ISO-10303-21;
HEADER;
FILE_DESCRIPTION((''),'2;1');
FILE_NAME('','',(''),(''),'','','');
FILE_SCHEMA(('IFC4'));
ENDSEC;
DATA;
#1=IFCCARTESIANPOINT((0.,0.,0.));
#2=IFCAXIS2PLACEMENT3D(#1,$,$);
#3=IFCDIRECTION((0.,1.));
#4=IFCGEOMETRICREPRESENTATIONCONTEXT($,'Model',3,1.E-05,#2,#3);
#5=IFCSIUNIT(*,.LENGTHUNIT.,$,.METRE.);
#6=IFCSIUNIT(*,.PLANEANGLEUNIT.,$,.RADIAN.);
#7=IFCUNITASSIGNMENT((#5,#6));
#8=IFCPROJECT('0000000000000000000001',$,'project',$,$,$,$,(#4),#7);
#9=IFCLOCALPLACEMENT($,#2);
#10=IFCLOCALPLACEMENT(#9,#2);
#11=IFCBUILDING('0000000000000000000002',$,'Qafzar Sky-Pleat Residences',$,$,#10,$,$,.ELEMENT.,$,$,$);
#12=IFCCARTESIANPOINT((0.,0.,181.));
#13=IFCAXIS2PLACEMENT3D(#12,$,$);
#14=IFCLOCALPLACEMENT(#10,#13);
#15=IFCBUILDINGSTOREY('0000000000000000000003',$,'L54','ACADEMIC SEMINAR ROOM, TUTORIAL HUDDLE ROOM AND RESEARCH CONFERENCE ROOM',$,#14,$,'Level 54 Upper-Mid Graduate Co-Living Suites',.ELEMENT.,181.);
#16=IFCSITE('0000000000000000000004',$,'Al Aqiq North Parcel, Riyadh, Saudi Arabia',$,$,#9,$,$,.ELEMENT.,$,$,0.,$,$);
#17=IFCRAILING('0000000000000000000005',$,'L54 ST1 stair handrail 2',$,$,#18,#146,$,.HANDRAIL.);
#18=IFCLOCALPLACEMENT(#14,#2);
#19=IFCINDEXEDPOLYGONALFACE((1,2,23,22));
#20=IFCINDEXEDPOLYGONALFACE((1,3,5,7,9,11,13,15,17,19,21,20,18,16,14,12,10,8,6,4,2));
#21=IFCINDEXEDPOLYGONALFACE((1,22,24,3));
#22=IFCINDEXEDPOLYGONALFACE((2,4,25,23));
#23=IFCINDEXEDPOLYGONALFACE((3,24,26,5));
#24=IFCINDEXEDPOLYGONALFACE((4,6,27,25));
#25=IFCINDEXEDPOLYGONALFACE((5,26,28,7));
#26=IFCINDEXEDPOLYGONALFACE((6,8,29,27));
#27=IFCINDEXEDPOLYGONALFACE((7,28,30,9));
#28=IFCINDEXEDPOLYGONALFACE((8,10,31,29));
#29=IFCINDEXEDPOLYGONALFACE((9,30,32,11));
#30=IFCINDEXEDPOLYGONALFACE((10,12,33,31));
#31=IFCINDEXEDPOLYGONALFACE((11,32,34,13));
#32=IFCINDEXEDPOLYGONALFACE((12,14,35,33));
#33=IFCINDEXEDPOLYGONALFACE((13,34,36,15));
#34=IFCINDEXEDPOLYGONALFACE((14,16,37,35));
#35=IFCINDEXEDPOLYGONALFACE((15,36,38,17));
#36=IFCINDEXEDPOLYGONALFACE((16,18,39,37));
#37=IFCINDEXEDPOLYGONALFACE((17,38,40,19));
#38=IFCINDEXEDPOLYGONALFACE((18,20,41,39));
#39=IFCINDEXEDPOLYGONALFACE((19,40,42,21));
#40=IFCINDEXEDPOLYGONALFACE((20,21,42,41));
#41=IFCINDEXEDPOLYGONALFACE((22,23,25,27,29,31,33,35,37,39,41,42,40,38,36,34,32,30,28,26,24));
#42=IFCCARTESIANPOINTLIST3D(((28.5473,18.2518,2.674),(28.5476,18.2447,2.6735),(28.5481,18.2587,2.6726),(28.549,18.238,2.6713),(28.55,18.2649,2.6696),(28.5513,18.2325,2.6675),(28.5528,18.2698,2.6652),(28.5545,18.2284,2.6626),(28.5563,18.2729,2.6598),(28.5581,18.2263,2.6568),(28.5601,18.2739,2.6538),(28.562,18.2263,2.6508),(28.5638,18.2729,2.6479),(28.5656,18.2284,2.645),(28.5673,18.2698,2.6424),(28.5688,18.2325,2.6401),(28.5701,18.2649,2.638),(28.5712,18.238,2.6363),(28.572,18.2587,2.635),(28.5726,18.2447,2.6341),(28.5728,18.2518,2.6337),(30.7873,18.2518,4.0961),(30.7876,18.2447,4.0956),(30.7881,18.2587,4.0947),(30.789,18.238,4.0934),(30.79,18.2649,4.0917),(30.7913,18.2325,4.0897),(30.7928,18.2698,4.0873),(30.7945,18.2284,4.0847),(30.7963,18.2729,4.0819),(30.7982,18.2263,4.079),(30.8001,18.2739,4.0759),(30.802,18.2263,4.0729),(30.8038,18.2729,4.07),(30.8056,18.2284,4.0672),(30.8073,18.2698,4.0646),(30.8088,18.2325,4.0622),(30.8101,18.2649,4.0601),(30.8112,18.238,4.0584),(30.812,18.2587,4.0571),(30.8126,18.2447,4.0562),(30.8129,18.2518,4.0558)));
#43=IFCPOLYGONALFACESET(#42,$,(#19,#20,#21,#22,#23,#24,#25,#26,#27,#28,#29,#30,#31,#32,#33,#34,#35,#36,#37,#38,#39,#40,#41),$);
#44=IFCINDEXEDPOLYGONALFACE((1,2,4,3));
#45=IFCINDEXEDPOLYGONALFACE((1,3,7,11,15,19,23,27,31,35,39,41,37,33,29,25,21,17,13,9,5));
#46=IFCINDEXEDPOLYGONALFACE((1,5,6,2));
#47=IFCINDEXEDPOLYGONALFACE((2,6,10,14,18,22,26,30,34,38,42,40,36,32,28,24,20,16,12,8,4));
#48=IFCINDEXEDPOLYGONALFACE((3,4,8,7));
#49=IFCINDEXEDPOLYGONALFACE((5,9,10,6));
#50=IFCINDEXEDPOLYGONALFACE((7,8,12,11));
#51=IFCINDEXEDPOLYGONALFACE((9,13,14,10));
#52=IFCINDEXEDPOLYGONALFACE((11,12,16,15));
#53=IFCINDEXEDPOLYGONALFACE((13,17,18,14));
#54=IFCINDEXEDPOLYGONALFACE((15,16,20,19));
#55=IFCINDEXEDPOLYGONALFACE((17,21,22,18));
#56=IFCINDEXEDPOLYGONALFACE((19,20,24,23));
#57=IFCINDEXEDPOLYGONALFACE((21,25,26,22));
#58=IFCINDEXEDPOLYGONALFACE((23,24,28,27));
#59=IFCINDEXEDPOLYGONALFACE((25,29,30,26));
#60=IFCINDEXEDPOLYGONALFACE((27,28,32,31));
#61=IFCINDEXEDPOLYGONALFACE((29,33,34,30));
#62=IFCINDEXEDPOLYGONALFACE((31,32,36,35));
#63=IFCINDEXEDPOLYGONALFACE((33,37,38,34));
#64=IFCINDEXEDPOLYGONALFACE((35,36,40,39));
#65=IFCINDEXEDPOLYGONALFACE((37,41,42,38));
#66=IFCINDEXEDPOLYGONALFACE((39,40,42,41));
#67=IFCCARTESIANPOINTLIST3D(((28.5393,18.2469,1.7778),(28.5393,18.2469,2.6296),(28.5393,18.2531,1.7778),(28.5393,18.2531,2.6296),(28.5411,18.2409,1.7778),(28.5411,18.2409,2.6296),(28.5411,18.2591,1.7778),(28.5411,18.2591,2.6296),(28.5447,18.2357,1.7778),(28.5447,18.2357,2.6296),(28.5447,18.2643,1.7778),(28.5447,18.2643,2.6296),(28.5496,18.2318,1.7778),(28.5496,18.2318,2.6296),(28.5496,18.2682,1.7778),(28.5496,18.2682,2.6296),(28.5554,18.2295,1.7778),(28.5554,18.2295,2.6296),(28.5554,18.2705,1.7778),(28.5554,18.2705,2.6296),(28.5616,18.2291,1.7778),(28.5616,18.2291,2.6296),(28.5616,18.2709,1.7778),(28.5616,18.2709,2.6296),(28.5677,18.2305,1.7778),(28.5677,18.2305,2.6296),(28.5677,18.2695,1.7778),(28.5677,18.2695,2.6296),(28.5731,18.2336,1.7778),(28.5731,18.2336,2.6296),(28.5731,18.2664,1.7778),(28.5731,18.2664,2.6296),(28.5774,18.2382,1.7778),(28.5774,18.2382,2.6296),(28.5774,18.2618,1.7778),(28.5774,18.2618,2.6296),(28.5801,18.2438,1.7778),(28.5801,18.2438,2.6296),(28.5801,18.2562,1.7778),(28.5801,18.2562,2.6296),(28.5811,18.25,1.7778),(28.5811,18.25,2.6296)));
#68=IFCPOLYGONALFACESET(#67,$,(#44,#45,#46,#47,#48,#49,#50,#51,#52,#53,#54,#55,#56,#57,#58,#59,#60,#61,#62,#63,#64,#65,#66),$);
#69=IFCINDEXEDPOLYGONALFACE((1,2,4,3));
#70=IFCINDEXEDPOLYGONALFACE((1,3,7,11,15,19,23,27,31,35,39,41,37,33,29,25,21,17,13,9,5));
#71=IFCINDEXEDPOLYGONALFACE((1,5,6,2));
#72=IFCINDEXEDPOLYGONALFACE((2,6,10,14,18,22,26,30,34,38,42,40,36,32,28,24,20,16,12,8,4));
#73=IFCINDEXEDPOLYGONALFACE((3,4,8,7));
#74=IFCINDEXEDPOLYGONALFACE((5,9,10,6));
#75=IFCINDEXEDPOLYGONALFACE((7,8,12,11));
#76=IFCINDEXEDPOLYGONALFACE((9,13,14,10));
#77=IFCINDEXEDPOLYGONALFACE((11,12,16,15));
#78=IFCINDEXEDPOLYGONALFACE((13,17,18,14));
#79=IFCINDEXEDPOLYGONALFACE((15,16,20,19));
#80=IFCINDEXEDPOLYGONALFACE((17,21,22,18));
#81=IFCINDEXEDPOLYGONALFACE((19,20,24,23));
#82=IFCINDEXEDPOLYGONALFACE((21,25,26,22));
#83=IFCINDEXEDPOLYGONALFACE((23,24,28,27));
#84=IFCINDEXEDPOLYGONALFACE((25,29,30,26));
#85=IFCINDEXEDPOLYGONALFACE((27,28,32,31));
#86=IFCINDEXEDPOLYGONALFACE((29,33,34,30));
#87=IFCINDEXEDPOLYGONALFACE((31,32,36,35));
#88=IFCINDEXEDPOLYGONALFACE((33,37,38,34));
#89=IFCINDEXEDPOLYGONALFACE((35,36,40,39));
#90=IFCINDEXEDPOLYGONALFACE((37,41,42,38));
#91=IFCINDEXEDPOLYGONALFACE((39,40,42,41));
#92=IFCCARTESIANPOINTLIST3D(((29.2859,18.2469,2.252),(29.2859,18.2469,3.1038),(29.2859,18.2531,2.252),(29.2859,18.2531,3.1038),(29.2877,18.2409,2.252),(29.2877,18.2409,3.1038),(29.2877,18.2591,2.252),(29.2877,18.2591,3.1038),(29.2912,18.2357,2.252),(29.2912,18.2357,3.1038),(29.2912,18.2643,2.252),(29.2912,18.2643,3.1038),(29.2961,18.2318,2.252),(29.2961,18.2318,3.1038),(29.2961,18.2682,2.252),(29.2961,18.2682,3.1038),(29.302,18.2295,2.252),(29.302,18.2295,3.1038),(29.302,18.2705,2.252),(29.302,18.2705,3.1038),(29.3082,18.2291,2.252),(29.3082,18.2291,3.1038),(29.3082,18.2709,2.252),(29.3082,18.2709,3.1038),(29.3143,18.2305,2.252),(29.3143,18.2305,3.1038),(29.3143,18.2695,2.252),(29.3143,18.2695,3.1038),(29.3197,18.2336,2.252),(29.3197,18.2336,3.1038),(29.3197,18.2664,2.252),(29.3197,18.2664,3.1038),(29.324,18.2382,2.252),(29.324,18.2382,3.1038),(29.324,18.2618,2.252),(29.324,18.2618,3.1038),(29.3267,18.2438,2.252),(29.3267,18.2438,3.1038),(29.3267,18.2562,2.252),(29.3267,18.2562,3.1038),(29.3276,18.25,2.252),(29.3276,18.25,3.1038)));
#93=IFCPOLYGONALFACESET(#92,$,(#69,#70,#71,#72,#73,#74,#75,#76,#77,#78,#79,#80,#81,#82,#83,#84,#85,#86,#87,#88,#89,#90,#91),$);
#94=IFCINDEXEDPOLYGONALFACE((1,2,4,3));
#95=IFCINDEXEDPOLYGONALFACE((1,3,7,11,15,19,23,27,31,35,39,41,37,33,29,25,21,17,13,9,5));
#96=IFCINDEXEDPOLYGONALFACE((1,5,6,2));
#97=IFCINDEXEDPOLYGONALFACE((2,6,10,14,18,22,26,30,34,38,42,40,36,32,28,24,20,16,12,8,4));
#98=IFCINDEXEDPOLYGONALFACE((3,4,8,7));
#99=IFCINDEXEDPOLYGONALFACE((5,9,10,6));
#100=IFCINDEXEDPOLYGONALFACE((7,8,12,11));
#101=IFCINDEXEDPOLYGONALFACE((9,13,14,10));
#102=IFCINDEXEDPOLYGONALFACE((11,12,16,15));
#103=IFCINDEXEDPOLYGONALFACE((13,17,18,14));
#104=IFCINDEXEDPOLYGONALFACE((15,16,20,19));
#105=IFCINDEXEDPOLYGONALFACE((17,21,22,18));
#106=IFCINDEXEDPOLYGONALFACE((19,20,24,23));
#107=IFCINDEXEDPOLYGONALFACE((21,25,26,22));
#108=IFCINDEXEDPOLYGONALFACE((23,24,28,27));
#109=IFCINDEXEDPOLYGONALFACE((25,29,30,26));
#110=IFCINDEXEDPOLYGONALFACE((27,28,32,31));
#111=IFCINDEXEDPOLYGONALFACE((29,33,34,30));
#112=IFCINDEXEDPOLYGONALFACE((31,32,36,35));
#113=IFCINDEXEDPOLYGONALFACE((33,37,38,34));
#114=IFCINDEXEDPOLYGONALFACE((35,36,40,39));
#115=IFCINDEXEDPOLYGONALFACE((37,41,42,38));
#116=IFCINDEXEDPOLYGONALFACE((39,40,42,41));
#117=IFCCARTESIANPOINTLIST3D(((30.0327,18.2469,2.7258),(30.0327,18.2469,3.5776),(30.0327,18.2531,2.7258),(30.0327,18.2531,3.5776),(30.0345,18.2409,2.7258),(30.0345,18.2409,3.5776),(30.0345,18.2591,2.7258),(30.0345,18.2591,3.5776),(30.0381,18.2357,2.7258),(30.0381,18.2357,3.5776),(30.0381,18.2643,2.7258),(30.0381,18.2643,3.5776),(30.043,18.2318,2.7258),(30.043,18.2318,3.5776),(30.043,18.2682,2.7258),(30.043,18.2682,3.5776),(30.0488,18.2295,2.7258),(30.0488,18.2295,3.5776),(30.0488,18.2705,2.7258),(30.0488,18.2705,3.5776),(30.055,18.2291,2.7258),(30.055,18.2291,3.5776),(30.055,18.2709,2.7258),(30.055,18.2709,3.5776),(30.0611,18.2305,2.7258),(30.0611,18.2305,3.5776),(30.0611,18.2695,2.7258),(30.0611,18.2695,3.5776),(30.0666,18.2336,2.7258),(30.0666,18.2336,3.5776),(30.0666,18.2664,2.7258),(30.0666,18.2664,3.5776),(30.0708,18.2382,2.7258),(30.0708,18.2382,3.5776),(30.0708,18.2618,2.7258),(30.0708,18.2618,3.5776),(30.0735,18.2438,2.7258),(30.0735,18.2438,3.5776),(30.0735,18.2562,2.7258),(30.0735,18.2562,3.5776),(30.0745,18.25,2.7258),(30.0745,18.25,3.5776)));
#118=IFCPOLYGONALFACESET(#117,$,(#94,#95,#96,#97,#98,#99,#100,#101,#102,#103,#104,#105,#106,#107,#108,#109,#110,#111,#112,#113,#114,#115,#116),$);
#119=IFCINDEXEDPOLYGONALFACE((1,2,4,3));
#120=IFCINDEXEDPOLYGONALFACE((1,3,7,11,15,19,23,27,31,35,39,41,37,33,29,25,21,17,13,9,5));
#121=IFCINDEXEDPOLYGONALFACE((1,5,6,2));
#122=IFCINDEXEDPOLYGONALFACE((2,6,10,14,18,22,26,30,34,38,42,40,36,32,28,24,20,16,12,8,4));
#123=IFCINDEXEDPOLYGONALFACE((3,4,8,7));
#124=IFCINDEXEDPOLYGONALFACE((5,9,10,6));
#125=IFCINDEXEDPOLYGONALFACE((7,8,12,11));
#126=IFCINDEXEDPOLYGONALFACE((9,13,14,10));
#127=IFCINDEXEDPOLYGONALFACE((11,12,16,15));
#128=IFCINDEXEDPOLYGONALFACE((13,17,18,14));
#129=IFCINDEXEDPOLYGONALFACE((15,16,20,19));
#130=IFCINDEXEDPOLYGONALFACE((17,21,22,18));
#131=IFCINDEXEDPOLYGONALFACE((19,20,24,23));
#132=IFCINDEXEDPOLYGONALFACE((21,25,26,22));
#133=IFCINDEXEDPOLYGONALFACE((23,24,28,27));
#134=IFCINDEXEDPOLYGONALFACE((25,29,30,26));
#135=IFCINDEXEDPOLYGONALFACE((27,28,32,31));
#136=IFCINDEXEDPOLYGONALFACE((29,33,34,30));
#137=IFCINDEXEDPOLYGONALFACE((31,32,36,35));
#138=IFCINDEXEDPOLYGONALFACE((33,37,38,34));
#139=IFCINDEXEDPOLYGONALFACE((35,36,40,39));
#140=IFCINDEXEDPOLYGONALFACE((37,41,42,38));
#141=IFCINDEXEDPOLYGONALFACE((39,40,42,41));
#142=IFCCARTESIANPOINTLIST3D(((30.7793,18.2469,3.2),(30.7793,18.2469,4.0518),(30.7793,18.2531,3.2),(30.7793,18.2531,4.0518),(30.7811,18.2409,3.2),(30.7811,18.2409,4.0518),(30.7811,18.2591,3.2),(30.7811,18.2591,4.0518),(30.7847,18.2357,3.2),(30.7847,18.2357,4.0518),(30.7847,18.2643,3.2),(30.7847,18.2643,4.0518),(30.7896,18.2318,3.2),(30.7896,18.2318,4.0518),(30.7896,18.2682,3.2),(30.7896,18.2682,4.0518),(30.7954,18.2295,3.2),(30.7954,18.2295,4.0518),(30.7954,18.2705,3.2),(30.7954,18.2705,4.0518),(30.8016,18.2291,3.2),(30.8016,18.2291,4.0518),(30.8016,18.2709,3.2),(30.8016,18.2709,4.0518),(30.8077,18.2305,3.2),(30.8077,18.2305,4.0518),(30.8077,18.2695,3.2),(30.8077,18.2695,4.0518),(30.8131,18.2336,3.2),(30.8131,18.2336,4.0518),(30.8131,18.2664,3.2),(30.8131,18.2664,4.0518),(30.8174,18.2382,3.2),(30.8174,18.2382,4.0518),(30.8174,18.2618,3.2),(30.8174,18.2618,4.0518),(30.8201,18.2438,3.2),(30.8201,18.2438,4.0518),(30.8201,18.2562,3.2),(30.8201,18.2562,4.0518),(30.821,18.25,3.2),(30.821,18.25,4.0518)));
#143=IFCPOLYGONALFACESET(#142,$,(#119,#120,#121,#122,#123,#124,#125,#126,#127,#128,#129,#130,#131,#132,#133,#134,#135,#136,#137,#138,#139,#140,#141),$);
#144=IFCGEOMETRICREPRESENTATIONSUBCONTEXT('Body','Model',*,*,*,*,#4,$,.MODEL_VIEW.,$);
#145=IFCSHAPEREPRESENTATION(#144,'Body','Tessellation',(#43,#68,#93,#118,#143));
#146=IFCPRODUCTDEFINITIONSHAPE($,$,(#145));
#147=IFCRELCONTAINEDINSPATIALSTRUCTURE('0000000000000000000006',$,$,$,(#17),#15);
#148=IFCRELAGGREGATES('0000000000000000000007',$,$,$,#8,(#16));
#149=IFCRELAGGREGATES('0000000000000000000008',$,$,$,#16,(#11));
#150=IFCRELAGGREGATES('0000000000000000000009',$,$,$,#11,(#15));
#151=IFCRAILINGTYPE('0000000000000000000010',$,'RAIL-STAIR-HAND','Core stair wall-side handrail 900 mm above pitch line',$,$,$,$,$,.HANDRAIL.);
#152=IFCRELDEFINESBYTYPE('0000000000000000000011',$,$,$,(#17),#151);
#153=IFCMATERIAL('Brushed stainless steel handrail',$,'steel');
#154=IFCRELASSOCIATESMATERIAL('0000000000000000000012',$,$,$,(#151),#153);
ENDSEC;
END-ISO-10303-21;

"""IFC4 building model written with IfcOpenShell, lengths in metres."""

from ifc_helpers import new_model, si_unit, direction, frame, origin, origin_2d, place, context, subcontext, project, spatial, circle, extrude, source, transform, mapped, material, type_object, element, save


model = new_model("IFC4")

# Units and contexts
model_context = context("Model", 3, precision=1e-05, world=origin(), true_north=direction((0.0, 1.0)))
body_context = subcontext(model_context, "Body", "Model", "MODEL_VIEW")
ifc_project = project(units=[si_unit("LENGTHUNIT", "METRE"), si_unit("PLANEANGLEUNIT", "RADIAN")], contexts=[model_context])

# Site, building, storey
site_placement = place(None, origin())
site = spatial("IfcSite", under=ifc_project, at=site_placement, Name="Al Aqiq North Parcel, Riyadh, Saudi Arabia", CompositionType="ELEMENT", RefElevation=0.0)
building_placement = place(site_placement, origin())
building = spatial("IfcBuilding", under=site, at=building_placement, Name="Qafzar Sky-Pleat Residences", CompositionType="ELEMENT")
storey_placement = place(building_placement, frame((0.0, 0.0, 181.0)))
storey = spatial("IfcBuildingStorey", under=building, at=storey_placement, Name="L54", Description="ACADEMIC SEMINAR ROOM, TUTORIAL HUDDLE ROOM AND RESEARCH CONFERENCE ROOM", LongName="Level 54 Upper-Mid Graduate Co-Living Suites", CompositionType="ELEMENT", Elevation=181.0)

# Railing
ifc_material_1 = material(Name="Brushed stainless steel handrail", Category="steel")
railing_type_1 = type_object("IfcRailingType", Name="RAIL-STAIR-HAND", Description="Core stair wall-side handrail 900 mm above pitch line", PredefinedType="HANDRAIL", material=ifc_material_1)
shared_shape_1 = source(origin(), body_context, "Body", "SweptSolid", [
    extrude(circle(Radius=0.0239, at=origin_2d()), frame((0.0, 0.0, 0.876), z_axis=(0.844229, 0.0, 0.535982), x_axis=(0.0, 1.0, 0.0)), (0.0, 0.0, 1.0), 2.6533),
    extrude(circle(Radius=0.021, at=origin_2d()), origin(), (0.0, 0.0, 1.0), 0.8518),
    extrude(circle(Radius=0.021, at=origin_2d()), frame((0.7466, 0.0, 0.4741)), (0.0, 0.0, 1.0), 0.8518),
    extrude(circle(Radius=0.021, at=origin_2d()), frame((1.4934, 0.0, 0.948)), (0.0, 0.0, 1.0), 0.8518),
    extrude(circle(Radius=0.021, at=origin_2d()), frame((2.24, 0.0, 1.4221)), (0.0, 0.0, 1.0), 0.8518),
])
railing_1_placement = place(storey_placement, frame((28.5601, 18.25, 1.7778)))
element("IfcRailing", 1, at=railing_1_placement, inside=storey, type_object=railing_type_1, Name="L54 ST1 stair handrail 2", PredefinedType="HANDRAIL", context=body_context, shape_type="MappedRepresentation", body=[
    mapped(shared_shape_1, transform((0.0, 0.0, 0.0), x_axis=(1.0, 0.0, 0.0), y_axis=(0.0, 1.0, 0.0), z_axis=(0.0, 0.0, 1.0), scale=1.0)),
])

save(model, "model.ifc")
